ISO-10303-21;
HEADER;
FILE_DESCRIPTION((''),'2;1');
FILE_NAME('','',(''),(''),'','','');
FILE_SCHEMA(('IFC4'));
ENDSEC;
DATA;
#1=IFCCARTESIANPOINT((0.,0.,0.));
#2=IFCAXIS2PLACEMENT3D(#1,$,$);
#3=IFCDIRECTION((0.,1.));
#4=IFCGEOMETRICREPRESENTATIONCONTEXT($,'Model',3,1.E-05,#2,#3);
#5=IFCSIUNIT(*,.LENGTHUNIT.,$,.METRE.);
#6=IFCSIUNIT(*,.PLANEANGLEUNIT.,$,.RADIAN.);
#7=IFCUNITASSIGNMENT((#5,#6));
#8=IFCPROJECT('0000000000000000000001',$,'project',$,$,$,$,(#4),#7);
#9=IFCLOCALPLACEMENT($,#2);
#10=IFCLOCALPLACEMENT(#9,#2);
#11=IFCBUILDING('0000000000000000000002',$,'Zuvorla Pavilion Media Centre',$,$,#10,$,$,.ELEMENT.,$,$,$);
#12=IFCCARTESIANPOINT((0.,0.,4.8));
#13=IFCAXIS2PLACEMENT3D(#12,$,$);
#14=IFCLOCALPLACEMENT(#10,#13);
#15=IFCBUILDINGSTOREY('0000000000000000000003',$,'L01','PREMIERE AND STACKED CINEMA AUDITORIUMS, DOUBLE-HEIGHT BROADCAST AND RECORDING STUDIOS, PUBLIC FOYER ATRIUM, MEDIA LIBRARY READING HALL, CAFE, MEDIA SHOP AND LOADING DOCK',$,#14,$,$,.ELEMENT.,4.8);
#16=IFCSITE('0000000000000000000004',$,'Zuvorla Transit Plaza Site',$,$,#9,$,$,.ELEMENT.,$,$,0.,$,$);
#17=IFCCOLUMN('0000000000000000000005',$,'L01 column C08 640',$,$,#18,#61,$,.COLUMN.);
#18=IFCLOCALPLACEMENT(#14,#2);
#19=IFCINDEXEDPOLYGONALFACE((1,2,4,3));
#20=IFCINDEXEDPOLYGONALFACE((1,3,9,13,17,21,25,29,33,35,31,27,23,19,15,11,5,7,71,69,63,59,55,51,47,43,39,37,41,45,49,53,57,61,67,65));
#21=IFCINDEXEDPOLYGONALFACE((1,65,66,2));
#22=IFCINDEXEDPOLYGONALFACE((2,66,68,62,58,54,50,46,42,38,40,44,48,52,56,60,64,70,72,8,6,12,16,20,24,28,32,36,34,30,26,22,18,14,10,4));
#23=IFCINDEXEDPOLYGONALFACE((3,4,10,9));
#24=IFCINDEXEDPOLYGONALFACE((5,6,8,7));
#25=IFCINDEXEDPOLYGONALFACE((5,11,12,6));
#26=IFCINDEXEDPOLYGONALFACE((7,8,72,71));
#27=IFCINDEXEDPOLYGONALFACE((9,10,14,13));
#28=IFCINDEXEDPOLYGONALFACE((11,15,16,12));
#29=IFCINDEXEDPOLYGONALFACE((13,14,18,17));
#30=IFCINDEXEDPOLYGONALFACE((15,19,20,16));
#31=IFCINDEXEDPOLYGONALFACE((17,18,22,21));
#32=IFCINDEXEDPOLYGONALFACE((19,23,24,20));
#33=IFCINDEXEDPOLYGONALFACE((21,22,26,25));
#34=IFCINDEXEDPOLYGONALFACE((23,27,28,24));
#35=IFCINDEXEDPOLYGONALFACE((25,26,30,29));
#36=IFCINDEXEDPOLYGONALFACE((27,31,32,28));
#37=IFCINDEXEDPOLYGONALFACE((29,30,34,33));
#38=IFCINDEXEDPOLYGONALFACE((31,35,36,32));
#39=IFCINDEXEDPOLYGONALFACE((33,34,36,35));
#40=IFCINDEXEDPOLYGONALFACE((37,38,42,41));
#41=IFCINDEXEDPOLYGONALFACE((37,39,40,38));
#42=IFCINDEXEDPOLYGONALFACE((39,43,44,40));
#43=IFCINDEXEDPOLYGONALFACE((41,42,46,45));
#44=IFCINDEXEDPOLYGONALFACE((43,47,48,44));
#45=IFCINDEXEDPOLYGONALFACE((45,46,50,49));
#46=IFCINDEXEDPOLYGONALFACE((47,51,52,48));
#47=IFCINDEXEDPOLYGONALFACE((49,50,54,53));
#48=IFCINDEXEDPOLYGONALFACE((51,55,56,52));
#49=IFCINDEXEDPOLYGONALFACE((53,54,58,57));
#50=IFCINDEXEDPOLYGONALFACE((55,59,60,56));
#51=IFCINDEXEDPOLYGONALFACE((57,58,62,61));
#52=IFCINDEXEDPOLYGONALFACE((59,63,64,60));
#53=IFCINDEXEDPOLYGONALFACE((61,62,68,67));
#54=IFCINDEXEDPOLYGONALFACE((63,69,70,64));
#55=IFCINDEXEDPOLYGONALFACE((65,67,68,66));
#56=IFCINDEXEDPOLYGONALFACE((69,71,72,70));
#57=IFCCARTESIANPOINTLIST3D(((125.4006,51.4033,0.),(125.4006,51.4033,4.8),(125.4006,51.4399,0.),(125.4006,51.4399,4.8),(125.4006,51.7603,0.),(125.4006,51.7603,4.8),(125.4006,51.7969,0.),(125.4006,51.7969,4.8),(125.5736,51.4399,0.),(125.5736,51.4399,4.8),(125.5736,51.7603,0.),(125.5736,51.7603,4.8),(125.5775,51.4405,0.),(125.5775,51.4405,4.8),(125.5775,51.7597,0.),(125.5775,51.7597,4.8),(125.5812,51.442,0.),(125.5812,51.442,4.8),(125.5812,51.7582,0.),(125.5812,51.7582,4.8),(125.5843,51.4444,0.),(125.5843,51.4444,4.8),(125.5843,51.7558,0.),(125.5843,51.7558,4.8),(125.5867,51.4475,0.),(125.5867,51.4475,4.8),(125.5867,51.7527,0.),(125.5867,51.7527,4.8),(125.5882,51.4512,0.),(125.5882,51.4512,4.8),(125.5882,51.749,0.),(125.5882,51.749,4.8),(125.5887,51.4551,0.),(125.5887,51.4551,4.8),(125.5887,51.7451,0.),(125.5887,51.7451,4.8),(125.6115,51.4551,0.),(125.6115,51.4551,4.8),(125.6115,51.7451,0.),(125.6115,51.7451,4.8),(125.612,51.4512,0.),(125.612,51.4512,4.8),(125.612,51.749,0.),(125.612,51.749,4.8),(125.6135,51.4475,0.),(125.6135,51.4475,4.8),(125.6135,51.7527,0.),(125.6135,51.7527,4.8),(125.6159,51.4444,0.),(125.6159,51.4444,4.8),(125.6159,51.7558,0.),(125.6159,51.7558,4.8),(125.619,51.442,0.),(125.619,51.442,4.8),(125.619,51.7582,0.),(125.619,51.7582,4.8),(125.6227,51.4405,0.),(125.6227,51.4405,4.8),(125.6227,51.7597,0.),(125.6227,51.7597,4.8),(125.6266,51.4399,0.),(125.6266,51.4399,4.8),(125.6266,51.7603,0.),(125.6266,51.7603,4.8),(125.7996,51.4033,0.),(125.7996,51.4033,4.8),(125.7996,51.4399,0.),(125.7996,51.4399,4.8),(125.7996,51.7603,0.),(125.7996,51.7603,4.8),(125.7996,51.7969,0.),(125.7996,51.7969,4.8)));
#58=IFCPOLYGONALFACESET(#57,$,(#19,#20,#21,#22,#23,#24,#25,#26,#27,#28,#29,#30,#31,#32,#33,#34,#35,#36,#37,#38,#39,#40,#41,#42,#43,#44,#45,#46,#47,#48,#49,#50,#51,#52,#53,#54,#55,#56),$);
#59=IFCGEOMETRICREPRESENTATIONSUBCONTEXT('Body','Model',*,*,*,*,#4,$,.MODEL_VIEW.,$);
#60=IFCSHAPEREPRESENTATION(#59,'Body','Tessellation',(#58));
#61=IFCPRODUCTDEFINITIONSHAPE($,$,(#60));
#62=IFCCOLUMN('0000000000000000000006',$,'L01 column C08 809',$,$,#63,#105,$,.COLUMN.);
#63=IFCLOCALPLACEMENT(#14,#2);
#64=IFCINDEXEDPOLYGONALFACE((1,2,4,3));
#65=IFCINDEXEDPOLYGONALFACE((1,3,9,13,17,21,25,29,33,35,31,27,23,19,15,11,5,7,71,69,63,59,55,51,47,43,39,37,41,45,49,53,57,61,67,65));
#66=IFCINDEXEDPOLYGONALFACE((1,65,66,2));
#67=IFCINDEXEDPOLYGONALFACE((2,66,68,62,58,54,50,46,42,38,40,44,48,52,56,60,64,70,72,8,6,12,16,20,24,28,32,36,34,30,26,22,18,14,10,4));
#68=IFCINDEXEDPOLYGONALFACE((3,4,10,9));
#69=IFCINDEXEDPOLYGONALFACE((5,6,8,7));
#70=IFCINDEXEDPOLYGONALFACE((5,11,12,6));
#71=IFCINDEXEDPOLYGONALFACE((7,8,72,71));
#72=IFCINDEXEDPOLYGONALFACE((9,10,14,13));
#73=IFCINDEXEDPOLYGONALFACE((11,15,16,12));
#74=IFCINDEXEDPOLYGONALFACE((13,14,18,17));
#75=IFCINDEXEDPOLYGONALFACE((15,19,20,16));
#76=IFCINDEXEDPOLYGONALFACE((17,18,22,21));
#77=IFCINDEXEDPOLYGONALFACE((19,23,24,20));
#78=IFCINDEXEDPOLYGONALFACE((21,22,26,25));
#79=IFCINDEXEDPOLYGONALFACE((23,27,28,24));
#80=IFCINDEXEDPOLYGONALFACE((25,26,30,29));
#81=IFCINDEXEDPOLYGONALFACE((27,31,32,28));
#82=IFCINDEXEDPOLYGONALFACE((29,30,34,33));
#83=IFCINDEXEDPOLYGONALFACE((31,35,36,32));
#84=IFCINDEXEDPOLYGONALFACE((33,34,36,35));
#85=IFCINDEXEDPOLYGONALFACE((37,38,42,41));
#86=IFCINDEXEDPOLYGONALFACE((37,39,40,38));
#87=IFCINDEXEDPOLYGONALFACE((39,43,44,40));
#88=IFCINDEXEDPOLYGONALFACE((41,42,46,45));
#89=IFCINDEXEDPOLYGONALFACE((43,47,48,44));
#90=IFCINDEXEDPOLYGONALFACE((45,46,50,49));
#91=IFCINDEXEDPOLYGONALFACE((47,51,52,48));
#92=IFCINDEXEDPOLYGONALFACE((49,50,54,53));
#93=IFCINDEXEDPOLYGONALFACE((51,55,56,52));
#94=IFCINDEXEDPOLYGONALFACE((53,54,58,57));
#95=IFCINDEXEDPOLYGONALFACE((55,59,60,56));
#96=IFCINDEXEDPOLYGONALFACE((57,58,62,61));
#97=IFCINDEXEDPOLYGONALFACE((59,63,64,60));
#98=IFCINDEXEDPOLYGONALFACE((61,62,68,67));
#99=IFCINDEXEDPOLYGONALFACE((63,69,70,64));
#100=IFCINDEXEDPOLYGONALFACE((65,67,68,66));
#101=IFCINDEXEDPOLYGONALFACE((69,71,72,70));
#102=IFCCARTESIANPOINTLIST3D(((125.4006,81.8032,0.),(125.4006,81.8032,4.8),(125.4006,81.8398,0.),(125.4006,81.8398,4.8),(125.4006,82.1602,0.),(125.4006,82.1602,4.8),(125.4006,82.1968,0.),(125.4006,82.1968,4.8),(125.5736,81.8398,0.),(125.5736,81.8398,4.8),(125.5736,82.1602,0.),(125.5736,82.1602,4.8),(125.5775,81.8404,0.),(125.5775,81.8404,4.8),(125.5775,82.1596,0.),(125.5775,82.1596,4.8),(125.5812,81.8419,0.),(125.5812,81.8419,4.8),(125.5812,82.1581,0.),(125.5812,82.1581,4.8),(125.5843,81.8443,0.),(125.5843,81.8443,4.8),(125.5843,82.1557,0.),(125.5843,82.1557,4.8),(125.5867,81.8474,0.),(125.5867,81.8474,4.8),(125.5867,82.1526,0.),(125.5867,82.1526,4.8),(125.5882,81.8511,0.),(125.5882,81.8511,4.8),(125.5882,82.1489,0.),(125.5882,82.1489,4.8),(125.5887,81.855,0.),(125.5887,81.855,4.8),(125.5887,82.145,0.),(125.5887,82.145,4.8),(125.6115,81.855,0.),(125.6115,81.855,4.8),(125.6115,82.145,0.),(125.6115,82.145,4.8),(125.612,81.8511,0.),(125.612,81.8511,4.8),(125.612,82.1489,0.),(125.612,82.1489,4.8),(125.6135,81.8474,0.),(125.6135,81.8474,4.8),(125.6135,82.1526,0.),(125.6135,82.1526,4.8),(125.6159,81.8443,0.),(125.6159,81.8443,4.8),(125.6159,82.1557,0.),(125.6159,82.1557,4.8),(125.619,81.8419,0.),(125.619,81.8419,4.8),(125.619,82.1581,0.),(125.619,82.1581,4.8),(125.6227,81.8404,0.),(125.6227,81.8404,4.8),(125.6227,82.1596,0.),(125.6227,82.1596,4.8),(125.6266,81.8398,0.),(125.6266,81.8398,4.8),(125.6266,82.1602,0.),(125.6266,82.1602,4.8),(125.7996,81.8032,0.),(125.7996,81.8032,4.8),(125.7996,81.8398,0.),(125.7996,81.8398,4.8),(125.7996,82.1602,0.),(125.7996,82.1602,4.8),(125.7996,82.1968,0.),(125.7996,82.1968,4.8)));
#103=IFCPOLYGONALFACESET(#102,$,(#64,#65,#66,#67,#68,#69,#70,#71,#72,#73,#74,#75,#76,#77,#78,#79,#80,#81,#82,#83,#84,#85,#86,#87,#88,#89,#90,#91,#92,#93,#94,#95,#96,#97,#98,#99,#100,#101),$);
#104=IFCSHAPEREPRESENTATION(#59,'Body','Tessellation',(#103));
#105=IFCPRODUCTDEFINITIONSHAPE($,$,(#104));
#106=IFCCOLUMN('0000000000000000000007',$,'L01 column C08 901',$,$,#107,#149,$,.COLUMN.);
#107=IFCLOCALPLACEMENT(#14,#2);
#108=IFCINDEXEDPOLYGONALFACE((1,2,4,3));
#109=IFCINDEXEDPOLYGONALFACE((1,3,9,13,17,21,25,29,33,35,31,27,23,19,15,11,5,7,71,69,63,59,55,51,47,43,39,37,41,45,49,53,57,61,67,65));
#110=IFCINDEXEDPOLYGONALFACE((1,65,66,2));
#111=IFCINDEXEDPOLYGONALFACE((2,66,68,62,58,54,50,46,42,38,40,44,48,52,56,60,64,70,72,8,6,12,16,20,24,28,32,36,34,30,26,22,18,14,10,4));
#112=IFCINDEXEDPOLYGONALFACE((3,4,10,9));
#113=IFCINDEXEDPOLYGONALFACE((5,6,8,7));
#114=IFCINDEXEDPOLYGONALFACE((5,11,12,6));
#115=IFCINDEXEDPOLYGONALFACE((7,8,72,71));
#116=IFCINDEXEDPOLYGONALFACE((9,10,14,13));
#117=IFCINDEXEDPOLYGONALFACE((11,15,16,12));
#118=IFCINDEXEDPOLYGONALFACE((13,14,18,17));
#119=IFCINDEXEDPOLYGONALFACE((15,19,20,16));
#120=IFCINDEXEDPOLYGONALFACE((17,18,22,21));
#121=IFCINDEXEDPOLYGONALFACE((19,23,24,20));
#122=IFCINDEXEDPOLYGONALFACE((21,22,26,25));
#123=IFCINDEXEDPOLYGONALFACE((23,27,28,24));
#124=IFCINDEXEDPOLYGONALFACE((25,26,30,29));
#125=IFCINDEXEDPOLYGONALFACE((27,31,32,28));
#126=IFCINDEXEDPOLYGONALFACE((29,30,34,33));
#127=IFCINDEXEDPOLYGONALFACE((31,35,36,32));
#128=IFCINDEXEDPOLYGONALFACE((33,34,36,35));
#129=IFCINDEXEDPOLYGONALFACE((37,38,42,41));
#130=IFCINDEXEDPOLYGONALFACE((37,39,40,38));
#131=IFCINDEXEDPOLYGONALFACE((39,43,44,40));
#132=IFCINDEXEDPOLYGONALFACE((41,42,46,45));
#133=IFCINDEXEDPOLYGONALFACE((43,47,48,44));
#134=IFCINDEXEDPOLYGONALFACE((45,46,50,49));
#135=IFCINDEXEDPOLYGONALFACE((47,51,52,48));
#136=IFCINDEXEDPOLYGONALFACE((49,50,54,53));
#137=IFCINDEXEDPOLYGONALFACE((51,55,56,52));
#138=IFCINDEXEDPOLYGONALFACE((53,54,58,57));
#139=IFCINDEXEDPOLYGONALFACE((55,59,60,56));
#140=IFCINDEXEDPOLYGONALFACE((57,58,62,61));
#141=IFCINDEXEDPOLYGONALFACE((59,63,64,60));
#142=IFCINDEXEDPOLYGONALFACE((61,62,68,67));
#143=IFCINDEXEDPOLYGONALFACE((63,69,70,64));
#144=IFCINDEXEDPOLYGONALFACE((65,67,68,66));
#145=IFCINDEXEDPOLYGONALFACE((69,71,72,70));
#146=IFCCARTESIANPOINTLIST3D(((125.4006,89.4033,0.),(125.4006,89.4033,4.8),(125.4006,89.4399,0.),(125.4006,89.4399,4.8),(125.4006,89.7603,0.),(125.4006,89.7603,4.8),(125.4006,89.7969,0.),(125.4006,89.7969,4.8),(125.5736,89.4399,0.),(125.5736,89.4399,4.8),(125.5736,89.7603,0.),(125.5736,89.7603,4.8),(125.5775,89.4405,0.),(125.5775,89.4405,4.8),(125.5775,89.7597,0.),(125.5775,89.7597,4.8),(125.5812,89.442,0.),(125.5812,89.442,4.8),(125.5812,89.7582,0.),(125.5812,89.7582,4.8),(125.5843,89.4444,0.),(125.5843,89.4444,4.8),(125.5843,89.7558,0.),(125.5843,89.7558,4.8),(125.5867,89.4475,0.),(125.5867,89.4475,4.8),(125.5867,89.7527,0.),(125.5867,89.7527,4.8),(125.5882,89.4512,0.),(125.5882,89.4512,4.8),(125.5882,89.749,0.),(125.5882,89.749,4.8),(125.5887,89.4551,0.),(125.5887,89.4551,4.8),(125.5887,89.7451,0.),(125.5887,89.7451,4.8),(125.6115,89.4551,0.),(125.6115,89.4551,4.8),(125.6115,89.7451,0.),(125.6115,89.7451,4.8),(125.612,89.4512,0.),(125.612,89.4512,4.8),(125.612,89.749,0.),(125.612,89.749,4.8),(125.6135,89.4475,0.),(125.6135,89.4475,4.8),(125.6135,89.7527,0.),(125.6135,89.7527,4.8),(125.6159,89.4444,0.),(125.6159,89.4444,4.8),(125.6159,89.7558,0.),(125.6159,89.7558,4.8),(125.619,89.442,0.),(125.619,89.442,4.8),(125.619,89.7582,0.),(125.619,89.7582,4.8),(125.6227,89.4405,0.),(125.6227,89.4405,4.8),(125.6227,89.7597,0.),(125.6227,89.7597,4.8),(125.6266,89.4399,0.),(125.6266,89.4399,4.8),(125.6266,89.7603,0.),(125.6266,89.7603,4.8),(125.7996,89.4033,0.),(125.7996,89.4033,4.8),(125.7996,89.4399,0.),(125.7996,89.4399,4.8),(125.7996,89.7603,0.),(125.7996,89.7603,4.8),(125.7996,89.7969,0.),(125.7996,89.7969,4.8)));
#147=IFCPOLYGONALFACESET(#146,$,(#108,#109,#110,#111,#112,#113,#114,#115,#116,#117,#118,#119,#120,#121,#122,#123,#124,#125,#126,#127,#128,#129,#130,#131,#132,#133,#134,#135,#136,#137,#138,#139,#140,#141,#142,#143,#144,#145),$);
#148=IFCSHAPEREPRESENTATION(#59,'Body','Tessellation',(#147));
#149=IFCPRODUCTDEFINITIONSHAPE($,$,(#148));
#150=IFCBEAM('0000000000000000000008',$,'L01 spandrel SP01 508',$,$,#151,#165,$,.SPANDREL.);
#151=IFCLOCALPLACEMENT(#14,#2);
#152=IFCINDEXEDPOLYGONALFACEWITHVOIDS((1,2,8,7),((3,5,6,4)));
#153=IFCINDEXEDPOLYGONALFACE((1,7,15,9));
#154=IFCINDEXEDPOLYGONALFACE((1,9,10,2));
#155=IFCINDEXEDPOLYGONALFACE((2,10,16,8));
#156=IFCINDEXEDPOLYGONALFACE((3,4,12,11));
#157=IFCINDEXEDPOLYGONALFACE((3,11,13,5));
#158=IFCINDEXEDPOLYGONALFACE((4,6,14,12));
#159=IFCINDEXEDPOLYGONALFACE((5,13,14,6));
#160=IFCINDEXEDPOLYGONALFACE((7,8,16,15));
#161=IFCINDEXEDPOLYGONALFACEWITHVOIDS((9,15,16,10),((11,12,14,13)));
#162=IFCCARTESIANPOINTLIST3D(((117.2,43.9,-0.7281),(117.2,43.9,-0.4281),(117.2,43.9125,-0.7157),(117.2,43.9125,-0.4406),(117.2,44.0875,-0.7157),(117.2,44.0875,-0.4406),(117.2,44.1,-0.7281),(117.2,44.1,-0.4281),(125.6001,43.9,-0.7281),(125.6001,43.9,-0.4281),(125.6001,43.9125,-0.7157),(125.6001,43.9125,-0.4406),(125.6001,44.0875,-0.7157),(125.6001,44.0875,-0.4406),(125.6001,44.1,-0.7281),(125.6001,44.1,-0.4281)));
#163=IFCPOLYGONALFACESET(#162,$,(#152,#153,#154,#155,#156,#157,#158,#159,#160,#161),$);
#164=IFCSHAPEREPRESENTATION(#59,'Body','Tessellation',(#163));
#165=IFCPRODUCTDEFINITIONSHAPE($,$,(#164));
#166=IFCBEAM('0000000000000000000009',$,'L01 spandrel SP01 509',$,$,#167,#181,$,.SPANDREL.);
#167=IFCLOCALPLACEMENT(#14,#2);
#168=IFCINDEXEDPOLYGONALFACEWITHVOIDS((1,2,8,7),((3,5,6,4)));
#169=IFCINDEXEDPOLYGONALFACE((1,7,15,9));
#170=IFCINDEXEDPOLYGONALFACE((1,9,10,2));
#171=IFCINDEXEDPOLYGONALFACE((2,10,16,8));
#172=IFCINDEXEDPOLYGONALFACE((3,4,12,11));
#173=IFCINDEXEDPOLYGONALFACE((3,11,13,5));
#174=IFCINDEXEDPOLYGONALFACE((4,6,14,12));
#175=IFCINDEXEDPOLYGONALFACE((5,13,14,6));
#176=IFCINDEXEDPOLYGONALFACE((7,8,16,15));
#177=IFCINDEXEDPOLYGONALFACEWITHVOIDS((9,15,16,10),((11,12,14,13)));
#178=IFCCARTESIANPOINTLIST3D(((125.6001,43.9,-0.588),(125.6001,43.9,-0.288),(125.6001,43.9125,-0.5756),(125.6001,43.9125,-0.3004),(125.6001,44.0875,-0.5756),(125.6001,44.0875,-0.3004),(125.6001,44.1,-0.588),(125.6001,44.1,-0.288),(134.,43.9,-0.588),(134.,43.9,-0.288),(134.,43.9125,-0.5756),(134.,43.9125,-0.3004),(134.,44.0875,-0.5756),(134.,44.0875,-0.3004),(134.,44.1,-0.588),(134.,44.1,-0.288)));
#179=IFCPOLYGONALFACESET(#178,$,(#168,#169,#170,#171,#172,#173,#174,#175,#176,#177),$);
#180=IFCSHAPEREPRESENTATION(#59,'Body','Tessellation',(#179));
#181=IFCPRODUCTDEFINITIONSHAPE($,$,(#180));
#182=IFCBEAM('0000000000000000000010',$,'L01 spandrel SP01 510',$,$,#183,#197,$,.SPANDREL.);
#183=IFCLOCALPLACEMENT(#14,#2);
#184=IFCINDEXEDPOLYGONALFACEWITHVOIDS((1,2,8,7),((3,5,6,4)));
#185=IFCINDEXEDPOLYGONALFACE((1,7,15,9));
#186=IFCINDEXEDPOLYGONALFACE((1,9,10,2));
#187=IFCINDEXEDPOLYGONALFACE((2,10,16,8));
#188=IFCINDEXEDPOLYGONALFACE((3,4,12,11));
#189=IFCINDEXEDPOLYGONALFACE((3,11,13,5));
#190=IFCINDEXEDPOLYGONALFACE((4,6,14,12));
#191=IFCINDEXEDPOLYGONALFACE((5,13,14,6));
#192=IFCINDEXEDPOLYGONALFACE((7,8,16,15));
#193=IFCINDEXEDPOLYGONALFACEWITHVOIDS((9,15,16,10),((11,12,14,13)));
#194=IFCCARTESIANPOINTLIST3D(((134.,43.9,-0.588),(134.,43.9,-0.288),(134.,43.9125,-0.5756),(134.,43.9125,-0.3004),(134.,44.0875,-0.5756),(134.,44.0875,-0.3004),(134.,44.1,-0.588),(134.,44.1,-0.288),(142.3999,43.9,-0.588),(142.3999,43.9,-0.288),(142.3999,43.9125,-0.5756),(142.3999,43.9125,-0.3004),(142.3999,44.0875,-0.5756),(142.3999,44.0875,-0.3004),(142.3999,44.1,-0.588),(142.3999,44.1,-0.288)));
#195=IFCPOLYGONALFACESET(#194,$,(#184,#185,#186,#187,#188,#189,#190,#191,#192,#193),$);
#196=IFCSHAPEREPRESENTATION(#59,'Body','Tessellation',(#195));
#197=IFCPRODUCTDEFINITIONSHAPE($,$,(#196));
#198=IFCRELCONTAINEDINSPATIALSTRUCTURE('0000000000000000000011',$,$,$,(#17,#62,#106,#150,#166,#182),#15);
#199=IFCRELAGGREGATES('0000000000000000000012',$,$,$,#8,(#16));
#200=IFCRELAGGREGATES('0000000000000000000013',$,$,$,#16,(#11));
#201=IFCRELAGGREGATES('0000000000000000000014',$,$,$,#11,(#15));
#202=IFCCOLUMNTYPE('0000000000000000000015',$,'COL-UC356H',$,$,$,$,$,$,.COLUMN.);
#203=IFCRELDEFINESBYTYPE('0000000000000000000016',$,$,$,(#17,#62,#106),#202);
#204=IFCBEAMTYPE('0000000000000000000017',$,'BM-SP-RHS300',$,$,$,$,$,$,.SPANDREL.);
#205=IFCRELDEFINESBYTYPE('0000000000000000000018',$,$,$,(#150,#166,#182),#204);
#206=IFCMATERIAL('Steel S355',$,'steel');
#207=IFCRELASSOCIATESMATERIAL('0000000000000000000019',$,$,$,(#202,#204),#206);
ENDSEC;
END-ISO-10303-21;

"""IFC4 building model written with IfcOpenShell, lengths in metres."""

from ifc_helpers import new_model, si_unit, direction, frame, origin, origin_2d, place, context, subcontext, project, spatial, hollow_rectangle, i_section, extrude, material, material_profile, profile_set, type_object, element, save


model = new_model("IFC4")

# Units and contexts
model_context = context("Model", 3, precision=1e-05, world=origin(), true_north=direction((0.0, 1.0)))
body_context = subcontext(model_context, "Body", "Model", "MODEL_VIEW")
ifc_project = project(units=[si_unit("LENGTHUNIT", "METRE"), si_unit("PLANEANGLEUNIT", "RADIAN")], contexts=[model_context])

# Site, building, storey
site_placement = place(None, origin())
site = spatial("IfcSite", under=ifc_project, at=site_placement, Name="Zuvorla Transit Plaza Site", CompositionType="ELEMENT", RefElevation=0.0)
building_placement = place(site_placement, origin())
building = spatial("IfcBuilding", under=site, at=building_placement, Name="Zuvorla Pavilion Media Centre", CompositionType="ELEMENT")
storey_placement = place(building_placement, frame((0.0, 0.0, 4.8)))
storey = spatial("IfcBuildingStorey", under=building, at=storey_placement, Name="L01", Description="PREMIERE AND STACKED CINEMA AUDITORIUMS, DOUBLE-HEIGHT BROADCAST AND RECORDING STUDIOS, PUBLIC FOYER ATRIUM, MEDIA LIBRARY READING HALL, CAFE, MEDIA SHOP AND LOADING DOCK", CompositionType="ELEMENT", Elevation=4.8)

# Columns
ifc_material_1 = material(Name="Steel S355", Category="steel")
ifc_material_profile_1 = material_profile(ifc_material_1, i_section(OverallWidth=0.3989, OverallDepth=0.3936, WebThickness=0.0227, FlangeThickness=0.0366, FilletRadius=0.0151, at=origin_2d()), Name="UC 356x406x287")
ifc_profile_set_1 = profile_set([ifc_material_profile_1], Name="Steel S355")
column_type_1 = type_object("IfcColumnType", Name="COL-UC356H", PredefinedType="COLUMN", material=ifc_profile_set_1)
for number, where, z_axis, x_axis, name in (
    (1, (125.6001, 51.6001, 0.0), (0.0, 0.0, 1.0), (1.0, 0.0, 0.0), "L01 column C08 640"),
    (2, (125.6001, 82.0, 0.0), (0.0, 0.0, 1.0), (1.0, 0.0, 0.0), "L01 column C08 809"),
    (3, (125.6001, 89.6001, 0.0), (0.0, 0.0, 1.0), (1.0, 0.0, 0.0), "L01 column C08 901"),
):
    element("IfcColumn", number, at=place(storey_placement, frame(where, z_axis=z_axis, x_axis=x_axis)), inside=storey, type_object=column_type_1, Name=name, PredefinedType="COLUMN", context=body_context, shape_type="SweptSolid", body=[
        extrude(i_section(OverallWidth=0.3989, OverallDepth=0.3936, WebThickness=0.0227, FlangeThickness=0.0366, FilletRadius=0.0151, at=origin_2d()), origin(), (0.0, 0.0, 1.0), 4.8),
    ])

# Beams
ifc_material_profile_2 = material_profile(ifc_material_1, hollow_rectangle(XDim=0.2, YDim=0.3, WallThickness=0.0125, at=origin_2d()), Name="RHS 300x200x12.5")
ifc_profile_set_2 = profile_set([ifc_material_profile_2], Name="Steel S355")
beam_type_1 = type_object("IfcBeamType", Name="BM-SP-RHS300", PredefinedType="SPANDREL", material=ifc_profile_set_2)
beam_1_placement = place(storey_placement, frame((117.2, 44.0, -0.5781), z_axis=(1.0, 0.0, 0.0), x_axis=(0.0, 1.0, 0.0)))
element("IfcBeam", 4, at=beam_1_placement, inside=storey, type_object=beam_type_1, Name="L01 spandrel SP01 508", PredefinedType="SPANDREL", context=body_context, shape_type="SweptSolid", body=[
    extrude(hollow_rectangle(XDim=0.2, YDim=0.3, WallThickness=0.0125, at=origin_2d()), origin(), (0.0, 0.0, 1.0), 8.4001),
])
for number, where, z_axis, x_axis, name in (
    (5, (125.6001, 44.0, -0.438), (1.0, 0.0, 0.0), (0.0, 1.0, 0.0), "L01 spandrel SP01 509"),
    (6, (134.0, 44.0, -0.438), (1.0, 0.0, 0.0), (0.0, 1.0, 0.0), "L01 spandrel SP01 510"),
):
    element("IfcBeam", number, at=place(storey_placement, frame(where, z_axis=z_axis, x_axis=x_axis)), inside=storey, type_object=beam_type_1, Name=name, PredefinedType="SPANDREL", context=body_context, shape_type="SweptSolid", body=[
        extrude(hollow_rectangle(XDim=0.2, YDim=0.3, WallThickness=0.0125, at=origin_2d()), origin(), (0.0, 0.0, 1.0), 8.3999),
    ])

save(model, "model.ifc")
